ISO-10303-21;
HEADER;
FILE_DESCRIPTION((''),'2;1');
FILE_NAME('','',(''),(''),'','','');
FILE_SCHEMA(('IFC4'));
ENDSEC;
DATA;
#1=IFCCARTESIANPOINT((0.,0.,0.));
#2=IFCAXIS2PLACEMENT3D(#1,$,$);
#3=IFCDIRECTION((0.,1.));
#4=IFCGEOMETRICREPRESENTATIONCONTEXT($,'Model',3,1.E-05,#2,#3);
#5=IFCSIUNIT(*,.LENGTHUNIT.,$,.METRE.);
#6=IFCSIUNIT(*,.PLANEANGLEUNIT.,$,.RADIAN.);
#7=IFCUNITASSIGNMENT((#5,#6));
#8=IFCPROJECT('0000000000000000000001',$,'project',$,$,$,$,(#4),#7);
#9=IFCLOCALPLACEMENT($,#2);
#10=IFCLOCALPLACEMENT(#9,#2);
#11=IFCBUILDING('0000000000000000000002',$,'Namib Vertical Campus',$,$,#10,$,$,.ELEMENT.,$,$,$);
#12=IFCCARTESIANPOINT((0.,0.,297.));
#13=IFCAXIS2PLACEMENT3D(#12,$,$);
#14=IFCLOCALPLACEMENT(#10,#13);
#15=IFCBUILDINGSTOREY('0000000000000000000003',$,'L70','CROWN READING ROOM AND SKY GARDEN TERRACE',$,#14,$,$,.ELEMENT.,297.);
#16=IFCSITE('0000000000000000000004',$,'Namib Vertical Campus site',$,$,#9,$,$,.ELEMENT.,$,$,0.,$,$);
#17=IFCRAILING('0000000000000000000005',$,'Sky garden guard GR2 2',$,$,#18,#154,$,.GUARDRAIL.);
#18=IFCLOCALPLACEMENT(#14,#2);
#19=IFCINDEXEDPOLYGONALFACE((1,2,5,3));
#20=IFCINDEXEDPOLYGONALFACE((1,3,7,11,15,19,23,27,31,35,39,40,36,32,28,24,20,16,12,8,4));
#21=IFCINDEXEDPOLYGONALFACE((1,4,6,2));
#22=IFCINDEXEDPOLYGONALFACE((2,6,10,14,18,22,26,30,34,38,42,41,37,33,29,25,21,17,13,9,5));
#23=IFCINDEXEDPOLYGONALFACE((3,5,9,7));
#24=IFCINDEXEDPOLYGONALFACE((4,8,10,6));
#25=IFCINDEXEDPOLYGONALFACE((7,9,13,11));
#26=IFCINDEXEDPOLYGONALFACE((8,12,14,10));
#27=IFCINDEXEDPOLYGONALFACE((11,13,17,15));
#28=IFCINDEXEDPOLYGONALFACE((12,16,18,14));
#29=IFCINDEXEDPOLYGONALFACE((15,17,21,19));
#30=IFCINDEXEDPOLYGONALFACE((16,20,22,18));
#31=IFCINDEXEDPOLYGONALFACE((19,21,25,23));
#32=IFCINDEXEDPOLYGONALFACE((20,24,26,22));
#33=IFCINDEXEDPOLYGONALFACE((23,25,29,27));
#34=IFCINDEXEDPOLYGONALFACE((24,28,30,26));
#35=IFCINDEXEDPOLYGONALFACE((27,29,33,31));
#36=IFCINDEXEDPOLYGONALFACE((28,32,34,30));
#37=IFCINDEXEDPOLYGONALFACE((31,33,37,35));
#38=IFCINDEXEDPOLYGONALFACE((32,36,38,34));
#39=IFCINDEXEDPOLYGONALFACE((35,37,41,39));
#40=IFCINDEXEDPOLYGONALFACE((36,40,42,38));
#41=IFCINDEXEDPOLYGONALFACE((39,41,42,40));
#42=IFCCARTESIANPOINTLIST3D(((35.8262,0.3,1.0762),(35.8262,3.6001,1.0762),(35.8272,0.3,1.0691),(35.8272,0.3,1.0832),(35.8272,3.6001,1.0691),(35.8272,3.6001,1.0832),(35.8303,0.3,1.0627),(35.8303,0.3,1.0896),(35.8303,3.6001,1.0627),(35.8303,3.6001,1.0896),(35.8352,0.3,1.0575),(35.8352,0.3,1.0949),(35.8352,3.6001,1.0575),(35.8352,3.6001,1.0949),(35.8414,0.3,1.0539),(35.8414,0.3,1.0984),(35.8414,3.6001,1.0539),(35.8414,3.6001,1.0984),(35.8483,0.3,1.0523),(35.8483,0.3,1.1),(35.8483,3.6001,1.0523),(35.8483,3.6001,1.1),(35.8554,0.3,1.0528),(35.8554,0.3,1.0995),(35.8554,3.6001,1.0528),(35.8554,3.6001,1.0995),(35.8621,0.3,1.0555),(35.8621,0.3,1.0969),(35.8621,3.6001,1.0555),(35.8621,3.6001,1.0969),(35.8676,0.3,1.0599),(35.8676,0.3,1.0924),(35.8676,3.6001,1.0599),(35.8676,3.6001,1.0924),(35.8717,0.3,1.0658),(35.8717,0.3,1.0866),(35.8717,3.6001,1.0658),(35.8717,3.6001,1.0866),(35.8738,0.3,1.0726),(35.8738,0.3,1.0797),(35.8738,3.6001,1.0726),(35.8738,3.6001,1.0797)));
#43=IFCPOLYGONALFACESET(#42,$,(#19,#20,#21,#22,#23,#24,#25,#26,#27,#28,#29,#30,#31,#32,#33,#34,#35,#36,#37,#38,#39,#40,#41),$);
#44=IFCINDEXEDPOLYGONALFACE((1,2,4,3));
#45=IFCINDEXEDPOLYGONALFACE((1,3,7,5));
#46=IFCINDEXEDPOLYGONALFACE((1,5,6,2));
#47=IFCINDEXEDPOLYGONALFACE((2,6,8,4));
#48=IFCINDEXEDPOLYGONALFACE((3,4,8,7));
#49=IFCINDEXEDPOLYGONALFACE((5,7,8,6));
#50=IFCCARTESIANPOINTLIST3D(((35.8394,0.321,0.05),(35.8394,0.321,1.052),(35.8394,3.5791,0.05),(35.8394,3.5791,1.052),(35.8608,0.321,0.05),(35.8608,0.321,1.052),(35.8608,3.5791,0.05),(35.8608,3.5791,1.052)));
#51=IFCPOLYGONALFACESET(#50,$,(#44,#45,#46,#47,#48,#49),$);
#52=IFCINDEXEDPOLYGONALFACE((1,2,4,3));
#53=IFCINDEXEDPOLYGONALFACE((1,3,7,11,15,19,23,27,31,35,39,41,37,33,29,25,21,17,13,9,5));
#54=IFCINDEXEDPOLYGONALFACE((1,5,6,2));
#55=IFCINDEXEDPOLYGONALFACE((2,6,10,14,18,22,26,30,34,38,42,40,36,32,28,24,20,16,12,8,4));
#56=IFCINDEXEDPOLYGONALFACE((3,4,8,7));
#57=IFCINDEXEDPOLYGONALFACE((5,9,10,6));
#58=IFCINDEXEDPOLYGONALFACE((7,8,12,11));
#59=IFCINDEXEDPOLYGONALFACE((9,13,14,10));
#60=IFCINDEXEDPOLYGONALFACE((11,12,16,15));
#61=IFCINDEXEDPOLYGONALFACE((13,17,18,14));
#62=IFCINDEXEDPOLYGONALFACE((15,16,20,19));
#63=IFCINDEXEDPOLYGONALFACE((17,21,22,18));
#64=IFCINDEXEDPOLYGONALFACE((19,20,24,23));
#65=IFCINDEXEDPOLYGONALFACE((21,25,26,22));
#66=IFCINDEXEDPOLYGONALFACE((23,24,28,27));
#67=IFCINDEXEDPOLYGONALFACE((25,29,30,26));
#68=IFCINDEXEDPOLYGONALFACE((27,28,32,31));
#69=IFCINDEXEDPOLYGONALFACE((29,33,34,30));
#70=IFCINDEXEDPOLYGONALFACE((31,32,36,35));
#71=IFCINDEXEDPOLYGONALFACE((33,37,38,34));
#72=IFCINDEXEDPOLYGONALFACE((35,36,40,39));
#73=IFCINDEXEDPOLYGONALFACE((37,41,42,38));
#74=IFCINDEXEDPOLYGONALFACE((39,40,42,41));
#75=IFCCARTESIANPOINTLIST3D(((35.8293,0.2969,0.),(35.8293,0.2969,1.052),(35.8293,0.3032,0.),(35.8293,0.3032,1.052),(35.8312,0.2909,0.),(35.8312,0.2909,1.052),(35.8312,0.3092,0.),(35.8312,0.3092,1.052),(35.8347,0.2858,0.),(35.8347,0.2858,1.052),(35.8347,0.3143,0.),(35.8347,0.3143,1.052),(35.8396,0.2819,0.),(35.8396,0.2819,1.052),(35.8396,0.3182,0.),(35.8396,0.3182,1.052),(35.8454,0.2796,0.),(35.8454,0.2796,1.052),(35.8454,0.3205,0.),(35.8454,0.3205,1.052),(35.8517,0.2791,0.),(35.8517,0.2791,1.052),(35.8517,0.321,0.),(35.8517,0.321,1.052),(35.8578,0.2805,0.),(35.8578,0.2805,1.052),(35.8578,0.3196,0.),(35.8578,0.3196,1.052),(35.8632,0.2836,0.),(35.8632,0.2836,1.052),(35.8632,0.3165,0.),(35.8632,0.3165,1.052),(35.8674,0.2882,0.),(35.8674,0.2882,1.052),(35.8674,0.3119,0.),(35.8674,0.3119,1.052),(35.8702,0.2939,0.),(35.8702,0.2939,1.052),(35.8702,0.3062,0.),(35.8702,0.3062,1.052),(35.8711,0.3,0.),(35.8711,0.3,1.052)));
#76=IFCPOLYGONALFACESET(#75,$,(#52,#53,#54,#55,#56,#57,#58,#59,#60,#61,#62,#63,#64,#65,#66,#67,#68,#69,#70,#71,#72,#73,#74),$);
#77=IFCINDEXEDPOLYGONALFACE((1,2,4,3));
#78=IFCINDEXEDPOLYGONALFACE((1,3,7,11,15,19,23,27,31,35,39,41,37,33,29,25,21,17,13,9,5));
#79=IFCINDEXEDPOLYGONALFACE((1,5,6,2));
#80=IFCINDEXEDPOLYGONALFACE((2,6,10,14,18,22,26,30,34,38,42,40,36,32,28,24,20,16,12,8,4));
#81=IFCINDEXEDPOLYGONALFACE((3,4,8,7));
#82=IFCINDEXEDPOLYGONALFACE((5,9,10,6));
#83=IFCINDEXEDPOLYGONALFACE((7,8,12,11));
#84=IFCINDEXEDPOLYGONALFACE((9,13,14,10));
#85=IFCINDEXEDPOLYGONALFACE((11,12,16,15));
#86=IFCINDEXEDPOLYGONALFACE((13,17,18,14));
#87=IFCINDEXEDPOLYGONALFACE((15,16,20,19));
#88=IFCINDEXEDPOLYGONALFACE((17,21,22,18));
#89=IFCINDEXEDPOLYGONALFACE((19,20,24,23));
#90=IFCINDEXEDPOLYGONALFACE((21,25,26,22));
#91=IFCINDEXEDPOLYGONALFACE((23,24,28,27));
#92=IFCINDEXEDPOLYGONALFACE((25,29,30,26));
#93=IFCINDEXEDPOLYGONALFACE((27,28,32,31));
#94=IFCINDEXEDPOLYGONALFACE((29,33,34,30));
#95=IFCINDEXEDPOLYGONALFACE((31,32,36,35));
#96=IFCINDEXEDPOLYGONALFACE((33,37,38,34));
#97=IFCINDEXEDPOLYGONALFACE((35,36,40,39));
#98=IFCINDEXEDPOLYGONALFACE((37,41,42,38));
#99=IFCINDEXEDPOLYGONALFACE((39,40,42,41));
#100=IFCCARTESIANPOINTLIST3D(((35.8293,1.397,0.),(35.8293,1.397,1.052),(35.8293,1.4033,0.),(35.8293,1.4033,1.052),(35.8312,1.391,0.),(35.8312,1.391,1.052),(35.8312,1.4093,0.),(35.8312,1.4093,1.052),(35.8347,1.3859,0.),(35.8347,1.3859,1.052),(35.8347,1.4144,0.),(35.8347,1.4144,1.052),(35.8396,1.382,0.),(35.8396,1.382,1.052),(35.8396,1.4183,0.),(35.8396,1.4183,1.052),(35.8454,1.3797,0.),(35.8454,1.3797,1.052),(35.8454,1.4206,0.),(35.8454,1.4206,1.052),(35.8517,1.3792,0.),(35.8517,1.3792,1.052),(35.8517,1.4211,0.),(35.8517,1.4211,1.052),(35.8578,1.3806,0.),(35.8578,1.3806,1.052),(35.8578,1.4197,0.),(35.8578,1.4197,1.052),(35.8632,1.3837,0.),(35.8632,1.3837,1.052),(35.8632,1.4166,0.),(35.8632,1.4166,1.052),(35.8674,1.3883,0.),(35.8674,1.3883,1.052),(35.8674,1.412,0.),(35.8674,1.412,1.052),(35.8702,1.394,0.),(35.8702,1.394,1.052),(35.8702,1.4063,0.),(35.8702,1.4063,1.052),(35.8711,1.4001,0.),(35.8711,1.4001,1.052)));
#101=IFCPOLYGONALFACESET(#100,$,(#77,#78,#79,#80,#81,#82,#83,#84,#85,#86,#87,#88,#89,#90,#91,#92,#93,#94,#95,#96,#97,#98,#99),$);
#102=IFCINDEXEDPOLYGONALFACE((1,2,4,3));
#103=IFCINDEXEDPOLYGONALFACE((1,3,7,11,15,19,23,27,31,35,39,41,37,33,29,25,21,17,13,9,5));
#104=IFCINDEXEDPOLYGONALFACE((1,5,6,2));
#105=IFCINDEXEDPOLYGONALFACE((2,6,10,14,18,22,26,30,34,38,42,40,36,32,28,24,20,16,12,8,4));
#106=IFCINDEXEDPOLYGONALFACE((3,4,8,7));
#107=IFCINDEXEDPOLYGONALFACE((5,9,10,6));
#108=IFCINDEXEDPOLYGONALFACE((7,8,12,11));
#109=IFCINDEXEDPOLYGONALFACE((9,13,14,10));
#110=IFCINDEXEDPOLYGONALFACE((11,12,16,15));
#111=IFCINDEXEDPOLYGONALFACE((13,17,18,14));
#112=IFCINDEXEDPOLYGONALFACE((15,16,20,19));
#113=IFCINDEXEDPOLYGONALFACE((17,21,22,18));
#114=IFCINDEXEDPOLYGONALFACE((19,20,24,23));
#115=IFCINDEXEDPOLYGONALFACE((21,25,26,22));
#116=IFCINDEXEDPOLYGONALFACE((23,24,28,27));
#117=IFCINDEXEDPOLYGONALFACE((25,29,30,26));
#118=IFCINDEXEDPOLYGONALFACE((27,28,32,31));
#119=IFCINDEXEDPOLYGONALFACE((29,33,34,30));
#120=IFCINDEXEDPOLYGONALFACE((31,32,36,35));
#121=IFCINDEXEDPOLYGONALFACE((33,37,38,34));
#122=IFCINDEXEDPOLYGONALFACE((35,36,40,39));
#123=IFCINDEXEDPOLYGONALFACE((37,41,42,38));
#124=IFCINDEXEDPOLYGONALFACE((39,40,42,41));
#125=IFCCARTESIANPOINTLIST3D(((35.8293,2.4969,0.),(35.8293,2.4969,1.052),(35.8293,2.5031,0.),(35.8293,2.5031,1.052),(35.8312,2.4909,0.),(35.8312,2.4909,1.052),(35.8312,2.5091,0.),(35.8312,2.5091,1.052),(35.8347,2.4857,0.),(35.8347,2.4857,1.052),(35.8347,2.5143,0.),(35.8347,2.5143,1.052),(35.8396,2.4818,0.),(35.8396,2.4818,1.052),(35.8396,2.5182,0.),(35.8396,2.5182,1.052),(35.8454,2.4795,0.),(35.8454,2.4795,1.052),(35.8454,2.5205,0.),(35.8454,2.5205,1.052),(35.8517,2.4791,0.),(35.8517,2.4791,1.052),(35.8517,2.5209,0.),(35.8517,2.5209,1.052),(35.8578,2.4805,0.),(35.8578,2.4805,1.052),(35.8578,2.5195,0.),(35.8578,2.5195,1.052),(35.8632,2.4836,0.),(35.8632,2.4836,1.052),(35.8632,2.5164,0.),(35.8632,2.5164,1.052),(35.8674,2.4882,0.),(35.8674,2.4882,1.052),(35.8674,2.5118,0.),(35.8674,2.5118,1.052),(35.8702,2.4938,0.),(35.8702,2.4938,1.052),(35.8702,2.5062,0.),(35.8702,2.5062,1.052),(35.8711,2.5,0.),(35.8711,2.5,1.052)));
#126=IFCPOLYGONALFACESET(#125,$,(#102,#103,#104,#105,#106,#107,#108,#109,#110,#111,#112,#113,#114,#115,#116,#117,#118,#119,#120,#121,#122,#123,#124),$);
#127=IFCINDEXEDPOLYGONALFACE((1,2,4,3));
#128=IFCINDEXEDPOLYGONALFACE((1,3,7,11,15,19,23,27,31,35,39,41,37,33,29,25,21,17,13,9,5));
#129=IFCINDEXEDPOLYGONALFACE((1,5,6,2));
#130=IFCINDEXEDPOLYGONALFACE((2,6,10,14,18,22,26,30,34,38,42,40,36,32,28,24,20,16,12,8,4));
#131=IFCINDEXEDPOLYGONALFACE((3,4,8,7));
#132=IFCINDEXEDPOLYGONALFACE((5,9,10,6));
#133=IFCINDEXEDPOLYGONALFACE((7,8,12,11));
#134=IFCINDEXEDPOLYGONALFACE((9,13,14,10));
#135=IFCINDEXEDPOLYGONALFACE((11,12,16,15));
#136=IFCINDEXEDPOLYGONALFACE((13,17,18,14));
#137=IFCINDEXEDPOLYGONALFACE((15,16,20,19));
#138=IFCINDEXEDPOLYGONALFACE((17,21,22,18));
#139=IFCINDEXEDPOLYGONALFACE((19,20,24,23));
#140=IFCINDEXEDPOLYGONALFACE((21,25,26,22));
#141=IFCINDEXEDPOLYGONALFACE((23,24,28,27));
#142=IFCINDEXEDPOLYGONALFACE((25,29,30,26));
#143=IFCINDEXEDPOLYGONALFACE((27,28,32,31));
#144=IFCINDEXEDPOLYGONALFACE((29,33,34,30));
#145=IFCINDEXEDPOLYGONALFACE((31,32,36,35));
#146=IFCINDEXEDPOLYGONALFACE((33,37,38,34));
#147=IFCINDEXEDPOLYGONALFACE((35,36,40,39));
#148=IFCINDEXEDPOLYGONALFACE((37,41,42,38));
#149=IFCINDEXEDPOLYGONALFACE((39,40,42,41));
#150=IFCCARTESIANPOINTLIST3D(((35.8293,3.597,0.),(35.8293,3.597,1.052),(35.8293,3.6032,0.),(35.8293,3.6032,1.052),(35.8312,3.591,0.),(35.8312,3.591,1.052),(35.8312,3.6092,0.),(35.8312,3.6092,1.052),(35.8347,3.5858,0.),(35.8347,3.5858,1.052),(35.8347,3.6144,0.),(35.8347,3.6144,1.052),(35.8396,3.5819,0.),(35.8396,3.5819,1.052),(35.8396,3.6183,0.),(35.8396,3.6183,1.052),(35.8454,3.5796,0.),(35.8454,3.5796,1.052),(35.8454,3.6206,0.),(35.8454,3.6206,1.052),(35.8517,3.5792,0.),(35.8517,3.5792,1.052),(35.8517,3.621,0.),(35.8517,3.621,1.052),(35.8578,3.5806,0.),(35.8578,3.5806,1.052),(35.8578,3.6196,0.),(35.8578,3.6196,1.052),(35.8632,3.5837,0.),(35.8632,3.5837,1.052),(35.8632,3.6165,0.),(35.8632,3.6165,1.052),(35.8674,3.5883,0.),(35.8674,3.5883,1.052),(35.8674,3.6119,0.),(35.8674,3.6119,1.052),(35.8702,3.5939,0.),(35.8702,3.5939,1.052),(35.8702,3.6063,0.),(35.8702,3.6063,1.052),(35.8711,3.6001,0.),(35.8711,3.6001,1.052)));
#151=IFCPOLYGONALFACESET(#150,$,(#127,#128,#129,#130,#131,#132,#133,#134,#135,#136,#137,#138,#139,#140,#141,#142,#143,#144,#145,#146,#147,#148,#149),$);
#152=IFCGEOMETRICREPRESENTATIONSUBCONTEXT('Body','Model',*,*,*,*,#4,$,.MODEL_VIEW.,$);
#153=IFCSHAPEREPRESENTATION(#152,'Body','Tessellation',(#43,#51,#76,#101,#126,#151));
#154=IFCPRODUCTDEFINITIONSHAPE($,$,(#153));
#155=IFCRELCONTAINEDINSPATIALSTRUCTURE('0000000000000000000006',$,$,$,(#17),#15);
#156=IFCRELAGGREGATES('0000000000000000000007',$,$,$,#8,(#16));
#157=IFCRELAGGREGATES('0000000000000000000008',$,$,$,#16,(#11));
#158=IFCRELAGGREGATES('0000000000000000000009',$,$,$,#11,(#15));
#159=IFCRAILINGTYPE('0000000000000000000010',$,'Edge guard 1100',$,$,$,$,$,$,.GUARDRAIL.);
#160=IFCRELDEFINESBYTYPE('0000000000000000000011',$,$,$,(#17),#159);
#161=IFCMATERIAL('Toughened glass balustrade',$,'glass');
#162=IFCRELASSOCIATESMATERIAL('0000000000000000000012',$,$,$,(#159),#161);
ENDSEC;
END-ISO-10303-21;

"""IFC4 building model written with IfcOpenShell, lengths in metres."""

from ifc_helpers import new_model, si_unit, direction, frame, origin, origin_2d, place, context, subcontext, project, spatial, polyline, circle, outline, extrude, material, type_object, element, save


model = new_model("IFC4")

# Units and contexts
model_context = context("Model", 3, precision=1e-05, world=origin(), true_north=direction((0.0, 1.0)))
body_context = subcontext(model_context, "Body", "Model", "MODEL_VIEW")
ifc_project = project(units=[si_unit("LENGTHUNIT", "METRE"), si_unit("PLANEANGLEUNIT", "RADIAN")], contexts=[model_context])

# Site, building, storey
site_placement = place(None, origin())
site = spatial("IfcSite", under=ifc_project, at=site_placement, Name="Namib Vertical Campus site", CompositionType="ELEMENT", RefElevation=0.0)
building_placement = place(site_placement, origin())
building = spatial("IfcBuilding", under=site, at=building_placement, Name="Namib Vertical Campus", CompositionType="ELEMENT")
storey_placement = place(building_placement, frame((0.0, 0.0, 297.0)))
storey = spatial("IfcBuildingStorey", under=building, at=storey_placement, Name="L70", Description="CROWN READING ROOM AND SKY GARDEN TERRACE", CompositionType="ELEMENT", Elevation=297.0)

# Railing
ifc_material_1 = material(Name="Toughened glass balustrade", Category="glass")
railing_type = type_object("IfcRailingType", Name="Edge guard 1100", PredefinedType="GUARDRAIL", material=ifc_material_1)
railing_1_placement = place(storey_placement, frame((35.8501, 0.3, 0.0)))
element("IfcRailing", 1, at=railing_1_placement, inside=storey, type_object=railing_type, Name="Sky garden guard GR2 2", PredefinedType="GUARDRAIL", context=body_context, shape_type="SweptSolid", body=[
    extrude(circle(Radius=0.0239, at=origin_2d()), frame((0.0, 0.0, 1.0762), z_axis=(0.0, 1.0, 0.0), x_axis=(-1.0, 0.0, 0.0)), (0.0, 0.0, 1.0), 3.3),
    extrude(outline(polyline([(0.021, 0.05), (3.2791, 0.05), (3.2791, 1.052), (0.021, 1.052), (0.021, 0.05)])), frame((-0.0107, 0.0, 0.0), z_axis=(1.0, 0.0, 0.0), x_axis=(0.0, 1.0, 0.0)), (0.0, 0.0, 1.0), 0.0215),
    extrude(circle(Radius=0.021, at=origin_2d()), origin(), (0.0, 0.0, 1.0), 1.052),
    extrude(circle(Radius=0.021, at=origin_2d()), frame((0.0, 1.1001, 0.0)), (0.0, 0.0, 1.0), 1.052),
    extrude(circle(Radius=0.021, at=origin_2d()), frame((0.0, 2.2, 0.0)), (0.0, 0.0, 1.0), 1.052),
    extrude(circle(Radius=0.021, at=origin_2d()), frame((0.0, 3.3, 0.0)), (0.0, 0.0, 1.0), 1.052),
])

save(model, "model.ifc")
